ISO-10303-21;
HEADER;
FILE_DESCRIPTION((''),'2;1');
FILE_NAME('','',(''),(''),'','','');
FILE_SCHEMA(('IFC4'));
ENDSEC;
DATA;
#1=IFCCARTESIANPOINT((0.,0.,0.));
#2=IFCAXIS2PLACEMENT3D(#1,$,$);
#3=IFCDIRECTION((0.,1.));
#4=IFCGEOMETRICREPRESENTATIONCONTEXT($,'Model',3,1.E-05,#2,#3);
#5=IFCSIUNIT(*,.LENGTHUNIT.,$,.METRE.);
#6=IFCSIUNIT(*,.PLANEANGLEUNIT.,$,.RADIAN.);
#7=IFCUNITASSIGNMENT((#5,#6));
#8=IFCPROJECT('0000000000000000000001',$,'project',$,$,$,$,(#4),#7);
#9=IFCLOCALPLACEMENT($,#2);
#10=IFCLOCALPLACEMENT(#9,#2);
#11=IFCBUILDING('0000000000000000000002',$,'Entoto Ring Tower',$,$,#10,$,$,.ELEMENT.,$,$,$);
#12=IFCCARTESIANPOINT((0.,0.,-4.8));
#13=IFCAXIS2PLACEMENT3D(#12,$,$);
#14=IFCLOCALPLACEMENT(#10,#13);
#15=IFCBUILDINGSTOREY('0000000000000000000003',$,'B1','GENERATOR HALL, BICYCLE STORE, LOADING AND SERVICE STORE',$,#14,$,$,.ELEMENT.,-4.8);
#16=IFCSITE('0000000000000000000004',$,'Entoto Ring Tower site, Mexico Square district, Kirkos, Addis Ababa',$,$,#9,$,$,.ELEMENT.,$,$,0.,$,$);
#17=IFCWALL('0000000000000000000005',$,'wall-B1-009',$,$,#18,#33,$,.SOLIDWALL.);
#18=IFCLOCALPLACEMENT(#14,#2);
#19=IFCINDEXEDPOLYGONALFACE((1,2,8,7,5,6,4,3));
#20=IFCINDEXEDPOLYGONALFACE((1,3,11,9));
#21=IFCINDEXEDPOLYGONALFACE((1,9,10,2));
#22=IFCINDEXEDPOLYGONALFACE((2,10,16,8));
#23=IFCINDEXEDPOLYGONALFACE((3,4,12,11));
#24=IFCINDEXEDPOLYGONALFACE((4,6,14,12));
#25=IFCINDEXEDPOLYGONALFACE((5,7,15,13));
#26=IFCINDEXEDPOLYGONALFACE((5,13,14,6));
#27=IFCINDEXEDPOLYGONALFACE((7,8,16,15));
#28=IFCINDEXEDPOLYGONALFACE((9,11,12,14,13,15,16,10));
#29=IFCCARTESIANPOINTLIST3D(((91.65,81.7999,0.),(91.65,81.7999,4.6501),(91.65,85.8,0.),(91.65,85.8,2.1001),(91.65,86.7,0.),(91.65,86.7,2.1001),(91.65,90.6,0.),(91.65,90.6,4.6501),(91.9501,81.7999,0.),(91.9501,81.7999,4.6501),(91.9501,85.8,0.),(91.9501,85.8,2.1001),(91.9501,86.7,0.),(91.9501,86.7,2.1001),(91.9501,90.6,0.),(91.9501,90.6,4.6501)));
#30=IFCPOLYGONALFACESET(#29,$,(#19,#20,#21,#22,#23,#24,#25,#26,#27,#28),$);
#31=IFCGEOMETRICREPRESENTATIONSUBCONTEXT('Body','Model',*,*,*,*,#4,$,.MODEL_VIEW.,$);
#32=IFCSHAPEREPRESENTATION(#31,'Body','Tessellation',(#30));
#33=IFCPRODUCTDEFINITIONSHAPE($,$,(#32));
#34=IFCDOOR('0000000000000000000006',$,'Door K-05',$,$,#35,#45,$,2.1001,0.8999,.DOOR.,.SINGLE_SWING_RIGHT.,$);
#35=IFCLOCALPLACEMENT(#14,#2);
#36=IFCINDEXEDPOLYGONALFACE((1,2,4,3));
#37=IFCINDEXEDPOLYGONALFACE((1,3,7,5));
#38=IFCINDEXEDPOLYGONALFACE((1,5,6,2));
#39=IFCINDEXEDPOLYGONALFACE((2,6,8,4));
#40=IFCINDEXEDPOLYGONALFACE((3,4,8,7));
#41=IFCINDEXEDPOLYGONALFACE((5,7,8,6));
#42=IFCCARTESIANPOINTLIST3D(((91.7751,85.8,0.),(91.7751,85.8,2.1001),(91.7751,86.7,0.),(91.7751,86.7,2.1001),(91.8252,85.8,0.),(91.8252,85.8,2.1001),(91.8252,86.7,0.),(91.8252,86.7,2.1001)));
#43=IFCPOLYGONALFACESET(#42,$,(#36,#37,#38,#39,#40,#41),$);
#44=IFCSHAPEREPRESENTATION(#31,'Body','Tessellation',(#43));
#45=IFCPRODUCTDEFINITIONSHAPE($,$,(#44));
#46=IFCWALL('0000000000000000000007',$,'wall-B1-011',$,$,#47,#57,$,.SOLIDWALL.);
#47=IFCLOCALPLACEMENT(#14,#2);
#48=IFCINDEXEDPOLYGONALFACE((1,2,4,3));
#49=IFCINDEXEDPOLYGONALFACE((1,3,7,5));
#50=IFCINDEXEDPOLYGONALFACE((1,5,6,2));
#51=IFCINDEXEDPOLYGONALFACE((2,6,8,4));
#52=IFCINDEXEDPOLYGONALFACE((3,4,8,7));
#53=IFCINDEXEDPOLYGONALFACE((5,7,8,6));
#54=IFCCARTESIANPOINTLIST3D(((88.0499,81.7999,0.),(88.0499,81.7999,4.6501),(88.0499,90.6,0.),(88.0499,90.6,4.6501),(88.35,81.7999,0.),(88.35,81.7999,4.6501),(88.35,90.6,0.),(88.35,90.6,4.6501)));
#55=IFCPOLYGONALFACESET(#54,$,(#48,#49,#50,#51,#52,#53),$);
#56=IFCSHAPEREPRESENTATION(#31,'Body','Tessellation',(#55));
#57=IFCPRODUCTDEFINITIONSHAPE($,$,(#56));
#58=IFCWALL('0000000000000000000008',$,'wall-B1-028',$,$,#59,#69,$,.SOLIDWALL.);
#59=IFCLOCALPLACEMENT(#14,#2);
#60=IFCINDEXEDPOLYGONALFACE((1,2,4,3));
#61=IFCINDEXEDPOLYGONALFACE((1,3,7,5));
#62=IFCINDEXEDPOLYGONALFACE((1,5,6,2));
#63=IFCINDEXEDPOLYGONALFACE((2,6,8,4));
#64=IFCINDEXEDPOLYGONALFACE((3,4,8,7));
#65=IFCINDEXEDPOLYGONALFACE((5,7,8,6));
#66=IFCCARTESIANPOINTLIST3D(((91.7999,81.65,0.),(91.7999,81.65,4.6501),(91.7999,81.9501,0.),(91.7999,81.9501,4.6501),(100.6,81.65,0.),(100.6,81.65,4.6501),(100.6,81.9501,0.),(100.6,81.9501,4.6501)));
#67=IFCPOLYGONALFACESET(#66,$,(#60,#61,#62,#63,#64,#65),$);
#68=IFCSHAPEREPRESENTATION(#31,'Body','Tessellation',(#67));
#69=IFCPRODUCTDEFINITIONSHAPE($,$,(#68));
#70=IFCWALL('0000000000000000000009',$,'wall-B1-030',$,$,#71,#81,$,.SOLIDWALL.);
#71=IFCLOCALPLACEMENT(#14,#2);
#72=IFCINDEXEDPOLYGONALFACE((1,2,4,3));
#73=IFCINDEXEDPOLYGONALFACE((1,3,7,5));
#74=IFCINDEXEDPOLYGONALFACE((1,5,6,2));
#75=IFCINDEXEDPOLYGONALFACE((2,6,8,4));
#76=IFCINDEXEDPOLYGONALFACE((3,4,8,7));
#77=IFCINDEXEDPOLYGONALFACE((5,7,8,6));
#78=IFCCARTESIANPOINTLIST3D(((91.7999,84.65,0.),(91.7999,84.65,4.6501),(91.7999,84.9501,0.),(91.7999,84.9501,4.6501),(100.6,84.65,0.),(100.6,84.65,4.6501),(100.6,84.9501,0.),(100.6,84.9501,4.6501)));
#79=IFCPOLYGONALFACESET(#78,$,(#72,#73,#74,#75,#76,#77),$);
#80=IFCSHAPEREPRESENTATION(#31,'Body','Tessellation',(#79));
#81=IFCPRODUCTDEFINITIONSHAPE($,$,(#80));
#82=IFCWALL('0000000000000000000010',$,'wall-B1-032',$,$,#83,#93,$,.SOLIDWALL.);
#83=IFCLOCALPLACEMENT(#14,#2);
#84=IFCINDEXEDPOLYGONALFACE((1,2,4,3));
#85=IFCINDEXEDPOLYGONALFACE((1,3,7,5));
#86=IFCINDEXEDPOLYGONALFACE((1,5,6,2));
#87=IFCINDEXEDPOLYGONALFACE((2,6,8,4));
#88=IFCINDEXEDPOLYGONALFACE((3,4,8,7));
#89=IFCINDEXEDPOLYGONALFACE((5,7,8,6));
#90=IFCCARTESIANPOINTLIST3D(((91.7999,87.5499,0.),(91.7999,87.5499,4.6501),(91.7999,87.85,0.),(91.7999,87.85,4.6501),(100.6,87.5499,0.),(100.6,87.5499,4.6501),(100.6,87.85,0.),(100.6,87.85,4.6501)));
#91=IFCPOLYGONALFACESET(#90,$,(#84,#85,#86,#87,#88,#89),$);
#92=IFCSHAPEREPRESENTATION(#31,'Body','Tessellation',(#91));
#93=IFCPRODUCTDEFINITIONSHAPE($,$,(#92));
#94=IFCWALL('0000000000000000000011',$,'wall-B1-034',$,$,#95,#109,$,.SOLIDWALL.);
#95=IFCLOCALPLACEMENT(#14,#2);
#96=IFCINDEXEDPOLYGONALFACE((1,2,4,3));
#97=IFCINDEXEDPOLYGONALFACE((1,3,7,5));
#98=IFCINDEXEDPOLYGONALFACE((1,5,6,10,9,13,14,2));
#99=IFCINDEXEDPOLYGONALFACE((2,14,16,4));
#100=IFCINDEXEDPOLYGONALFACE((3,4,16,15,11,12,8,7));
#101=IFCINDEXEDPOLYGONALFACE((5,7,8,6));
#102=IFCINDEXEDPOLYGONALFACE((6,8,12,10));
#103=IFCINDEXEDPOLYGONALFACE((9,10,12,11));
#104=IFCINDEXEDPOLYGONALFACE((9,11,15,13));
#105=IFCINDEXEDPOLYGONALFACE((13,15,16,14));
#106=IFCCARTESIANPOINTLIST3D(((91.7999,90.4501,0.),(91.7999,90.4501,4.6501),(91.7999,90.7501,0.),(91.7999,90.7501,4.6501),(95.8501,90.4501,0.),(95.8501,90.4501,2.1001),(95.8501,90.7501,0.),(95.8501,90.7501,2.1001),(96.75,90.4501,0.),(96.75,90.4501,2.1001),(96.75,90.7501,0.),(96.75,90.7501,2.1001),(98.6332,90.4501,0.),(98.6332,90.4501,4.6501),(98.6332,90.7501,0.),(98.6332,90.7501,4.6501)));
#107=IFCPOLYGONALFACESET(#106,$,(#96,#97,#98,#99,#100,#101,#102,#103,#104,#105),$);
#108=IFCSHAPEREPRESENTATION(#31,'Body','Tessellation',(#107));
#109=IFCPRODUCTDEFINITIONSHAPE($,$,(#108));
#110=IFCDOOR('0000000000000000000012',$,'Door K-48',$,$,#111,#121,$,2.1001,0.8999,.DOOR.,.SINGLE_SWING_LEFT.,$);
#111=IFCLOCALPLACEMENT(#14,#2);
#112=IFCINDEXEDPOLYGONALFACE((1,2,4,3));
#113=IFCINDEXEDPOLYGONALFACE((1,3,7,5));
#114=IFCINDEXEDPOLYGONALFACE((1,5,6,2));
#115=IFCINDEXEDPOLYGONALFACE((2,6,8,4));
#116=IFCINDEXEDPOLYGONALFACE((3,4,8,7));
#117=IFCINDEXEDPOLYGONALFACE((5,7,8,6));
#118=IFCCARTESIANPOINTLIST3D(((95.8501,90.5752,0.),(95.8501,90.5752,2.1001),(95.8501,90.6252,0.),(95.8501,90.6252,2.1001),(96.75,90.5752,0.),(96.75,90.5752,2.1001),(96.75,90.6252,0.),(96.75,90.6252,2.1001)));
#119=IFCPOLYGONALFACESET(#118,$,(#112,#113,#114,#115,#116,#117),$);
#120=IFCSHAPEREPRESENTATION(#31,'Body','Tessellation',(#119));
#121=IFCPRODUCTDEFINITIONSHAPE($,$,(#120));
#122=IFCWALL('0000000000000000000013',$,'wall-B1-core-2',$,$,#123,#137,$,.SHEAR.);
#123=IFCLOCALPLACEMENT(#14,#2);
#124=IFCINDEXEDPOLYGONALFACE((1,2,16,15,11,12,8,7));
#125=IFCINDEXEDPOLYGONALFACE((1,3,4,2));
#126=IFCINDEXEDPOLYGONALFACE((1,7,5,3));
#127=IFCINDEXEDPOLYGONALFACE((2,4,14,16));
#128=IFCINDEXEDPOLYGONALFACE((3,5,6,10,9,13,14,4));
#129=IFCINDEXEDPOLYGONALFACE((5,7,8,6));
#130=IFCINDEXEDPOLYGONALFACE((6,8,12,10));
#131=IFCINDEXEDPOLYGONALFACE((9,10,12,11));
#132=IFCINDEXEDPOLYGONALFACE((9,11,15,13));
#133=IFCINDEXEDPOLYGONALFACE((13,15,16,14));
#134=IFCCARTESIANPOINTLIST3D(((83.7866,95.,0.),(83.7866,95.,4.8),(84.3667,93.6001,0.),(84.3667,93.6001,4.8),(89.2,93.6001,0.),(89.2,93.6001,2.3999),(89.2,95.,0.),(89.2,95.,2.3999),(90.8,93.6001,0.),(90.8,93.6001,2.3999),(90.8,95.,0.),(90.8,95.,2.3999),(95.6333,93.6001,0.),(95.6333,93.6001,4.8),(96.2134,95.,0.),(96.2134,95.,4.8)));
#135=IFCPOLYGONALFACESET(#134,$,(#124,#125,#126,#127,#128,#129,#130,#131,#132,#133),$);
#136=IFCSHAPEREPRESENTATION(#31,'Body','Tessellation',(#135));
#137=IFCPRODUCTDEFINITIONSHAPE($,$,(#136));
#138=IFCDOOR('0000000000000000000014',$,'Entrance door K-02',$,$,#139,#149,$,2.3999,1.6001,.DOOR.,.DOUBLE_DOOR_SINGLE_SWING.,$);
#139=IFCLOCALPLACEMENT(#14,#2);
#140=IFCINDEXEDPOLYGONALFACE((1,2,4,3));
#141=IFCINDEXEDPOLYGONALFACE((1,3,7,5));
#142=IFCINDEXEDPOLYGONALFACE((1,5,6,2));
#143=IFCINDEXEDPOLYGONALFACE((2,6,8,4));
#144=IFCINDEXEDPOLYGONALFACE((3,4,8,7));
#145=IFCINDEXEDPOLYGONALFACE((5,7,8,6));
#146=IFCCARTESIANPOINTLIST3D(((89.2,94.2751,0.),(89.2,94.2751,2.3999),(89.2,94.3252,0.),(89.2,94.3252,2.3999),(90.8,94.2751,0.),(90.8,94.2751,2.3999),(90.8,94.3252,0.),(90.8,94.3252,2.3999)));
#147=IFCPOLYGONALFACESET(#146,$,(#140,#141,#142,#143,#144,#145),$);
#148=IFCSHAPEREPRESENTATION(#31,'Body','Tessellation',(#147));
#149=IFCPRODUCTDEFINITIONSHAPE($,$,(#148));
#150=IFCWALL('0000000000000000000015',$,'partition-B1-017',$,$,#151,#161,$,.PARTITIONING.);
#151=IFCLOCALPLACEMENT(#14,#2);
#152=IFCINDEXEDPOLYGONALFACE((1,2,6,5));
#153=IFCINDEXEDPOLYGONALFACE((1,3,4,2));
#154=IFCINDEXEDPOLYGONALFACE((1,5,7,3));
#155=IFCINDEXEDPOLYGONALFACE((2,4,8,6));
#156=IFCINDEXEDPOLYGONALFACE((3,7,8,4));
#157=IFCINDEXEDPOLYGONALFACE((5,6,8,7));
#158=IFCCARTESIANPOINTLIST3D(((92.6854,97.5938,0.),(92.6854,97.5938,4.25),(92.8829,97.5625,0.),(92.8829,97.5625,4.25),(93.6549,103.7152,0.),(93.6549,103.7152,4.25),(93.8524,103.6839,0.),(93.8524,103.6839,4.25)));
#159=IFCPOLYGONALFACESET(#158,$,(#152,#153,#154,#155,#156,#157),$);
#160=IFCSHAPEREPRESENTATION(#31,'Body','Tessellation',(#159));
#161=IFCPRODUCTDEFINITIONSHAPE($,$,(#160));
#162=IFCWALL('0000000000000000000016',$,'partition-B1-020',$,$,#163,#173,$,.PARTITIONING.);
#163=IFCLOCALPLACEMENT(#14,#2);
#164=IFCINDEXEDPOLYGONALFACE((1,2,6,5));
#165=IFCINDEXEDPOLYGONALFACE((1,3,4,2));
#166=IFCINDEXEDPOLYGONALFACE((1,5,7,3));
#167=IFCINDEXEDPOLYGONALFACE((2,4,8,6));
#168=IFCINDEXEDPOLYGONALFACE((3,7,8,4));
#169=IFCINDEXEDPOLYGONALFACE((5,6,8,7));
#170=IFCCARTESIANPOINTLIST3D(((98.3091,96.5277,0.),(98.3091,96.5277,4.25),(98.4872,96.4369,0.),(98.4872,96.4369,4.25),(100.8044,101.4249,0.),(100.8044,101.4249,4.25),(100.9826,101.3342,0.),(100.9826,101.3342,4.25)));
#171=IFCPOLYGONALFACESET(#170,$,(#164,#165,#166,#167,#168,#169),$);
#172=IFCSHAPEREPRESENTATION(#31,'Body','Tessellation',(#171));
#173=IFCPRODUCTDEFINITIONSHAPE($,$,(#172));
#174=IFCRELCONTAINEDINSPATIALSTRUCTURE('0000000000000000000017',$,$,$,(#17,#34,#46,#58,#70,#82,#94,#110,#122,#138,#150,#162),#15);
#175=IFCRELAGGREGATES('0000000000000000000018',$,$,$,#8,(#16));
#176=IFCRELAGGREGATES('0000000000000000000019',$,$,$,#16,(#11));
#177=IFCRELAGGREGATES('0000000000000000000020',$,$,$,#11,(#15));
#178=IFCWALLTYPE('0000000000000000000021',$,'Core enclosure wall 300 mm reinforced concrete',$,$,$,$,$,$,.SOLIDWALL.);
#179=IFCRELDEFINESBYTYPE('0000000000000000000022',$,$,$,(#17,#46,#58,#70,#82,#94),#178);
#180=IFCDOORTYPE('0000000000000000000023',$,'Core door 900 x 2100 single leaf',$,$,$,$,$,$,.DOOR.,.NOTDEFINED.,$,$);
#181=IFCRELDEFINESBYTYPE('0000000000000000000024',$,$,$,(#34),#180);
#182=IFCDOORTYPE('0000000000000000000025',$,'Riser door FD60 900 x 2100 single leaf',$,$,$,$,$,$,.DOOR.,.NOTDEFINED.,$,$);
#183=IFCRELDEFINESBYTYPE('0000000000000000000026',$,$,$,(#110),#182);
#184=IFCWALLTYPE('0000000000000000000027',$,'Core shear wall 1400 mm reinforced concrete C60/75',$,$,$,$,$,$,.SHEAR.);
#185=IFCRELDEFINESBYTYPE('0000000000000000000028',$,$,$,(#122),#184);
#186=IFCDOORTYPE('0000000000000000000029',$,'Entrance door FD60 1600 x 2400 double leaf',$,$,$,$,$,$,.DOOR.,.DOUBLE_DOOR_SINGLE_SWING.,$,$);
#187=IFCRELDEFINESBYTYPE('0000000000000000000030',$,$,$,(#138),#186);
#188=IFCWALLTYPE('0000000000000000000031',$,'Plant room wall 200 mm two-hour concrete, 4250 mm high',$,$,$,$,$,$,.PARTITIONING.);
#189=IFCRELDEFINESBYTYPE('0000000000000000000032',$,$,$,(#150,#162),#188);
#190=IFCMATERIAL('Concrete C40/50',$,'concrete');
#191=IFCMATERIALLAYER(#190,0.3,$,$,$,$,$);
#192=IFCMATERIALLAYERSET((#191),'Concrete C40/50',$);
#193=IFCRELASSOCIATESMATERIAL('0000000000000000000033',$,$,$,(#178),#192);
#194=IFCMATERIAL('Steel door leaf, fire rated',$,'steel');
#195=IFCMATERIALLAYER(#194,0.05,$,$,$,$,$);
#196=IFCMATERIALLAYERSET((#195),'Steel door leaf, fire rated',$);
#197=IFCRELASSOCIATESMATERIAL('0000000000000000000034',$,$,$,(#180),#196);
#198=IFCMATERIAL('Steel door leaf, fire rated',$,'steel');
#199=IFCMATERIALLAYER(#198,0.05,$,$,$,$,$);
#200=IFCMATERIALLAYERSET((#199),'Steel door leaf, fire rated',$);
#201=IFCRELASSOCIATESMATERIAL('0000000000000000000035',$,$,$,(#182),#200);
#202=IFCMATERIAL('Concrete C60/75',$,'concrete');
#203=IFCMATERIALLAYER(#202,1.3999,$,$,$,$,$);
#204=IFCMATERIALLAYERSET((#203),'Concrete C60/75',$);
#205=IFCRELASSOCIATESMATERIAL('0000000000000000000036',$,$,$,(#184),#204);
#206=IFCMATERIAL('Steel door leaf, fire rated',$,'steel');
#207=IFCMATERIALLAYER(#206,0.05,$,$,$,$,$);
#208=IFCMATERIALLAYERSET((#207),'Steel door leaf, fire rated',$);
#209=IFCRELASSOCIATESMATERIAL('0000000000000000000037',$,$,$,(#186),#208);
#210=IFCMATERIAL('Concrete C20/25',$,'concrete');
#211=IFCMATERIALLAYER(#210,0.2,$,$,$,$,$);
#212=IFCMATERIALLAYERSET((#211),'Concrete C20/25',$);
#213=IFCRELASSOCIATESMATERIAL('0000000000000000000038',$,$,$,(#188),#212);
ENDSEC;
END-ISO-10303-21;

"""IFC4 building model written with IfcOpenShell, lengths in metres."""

from ifc_helpers import new_model, si_unit, direction, frame, frame_2d, origin, place, context, subcontext, project, spatial, polyline, rectangle, outline, extrude, material, layer, layer_set, type_object, element, fill, save


model = new_model("IFC4")

# Units and contexts
model_context = context("Model", 3, precision=1e-05, world=origin(), true_north=direction((0.0, 1.0)))
body_context = subcontext(model_context, "Body", "Model", "MODEL_VIEW")
ifc_project = project(units=[si_unit("LENGTHUNIT", "METRE"), si_unit("PLANEANGLEUNIT", "RADIAN")], contexts=[model_context])

# Site, building, storey
site_placement = place(None, origin())
site = spatial("IfcSite", under=ifc_project, at=site_placement, Name="Entoto Ring Tower site, Mexico Square district, Kirkos, Addis Ababa", CompositionType="ELEMENT", RefElevation=0.0)
building_placement = place(site_placement, origin())
building = spatial("IfcBuilding", under=site, at=building_placement, Name="Entoto Ring Tower", CompositionType="ELEMENT")
storey_placement = place(building_placement, frame((0.0, 0.0, -4.8)))
storey = spatial("IfcBuildingStorey", under=building, at=storey_placement, Name="B1", Description="GENERATOR HALL, BICYCLE STORE, LOADING AND SERVICE STORE", CompositionType="ELEMENT", Elevation=-4.8)

# Shared definitions
ifc_material_1 = material(Name="Concrete C40/50", Category="concrete")
ifc_layer_1 = layer(ifc_material_1, 0.3)
ifc_layer_set_1 = layer_set([ifc_layer_1], Name="Concrete C40/50")
wall_type_1 = type_object("IfcWallType", Name="Core enclosure wall 300 mm reinforced concrete", PredefinedType="SOLIDWALL", material=ifc_layer_set_1)

# Wall, opening, door
wall_1_placement = place(storey_placement, frame((91.8, 81.8, 0.0), z_axis=(0.0, 0.0, 1.0), x_axis=(0.0, 1.0, 0.0)))
wall_1 = element("IfcWall", 1, at=wall_1_placement, inside=storey, type_object=wall_type_1, Name="wall-B1-009", PredefinedType="SOLIDWALL", context=body_context, shape_type="SweptSolid", body=[
    extrude(rectangle(XDim=8.8, YDim=0.3, at=frame_2d((4.3999, 0.0))), origin(), (0.0, 0.0, 1.0), 4.6501),
])
opening_1_placement = place(wall_1_placement, frame((4.0, 0.0, 0.0)))
opening_1 = element("IfcOpeningElement", 2, at=opening_1_placement, cuts=wall_1, PredefinedType="OPENING", context=body_context, shape_type="SweptSolid", body=[
    extrude(rectangle(XDim=0.8999, YDim=2.1001, at=frame_2d((0.45, 1.05))), frame((0.0, 0.1602, 0.0), z_axis=(0.0, -1.0, 0.0), x_axis=(1.0, 0.0, 0.0)), (0.0, 0.0, 1.0), 0.3201),
])
ifc_material_2 = material(Name="Steel door leaf, fire rated", Category="steel")
ifc_layer_2 = layer(ifc_material_2, 0.05)
ifc_layer_set_2 = layer_set([ifc_layer_2], Name="Steel door leaf, fire rated")
door_type_1 = type_object("IfcDoorType", Name="Core door 900 x 2100 single leaf", OperationType="NOTDEFINED", PredefinedType="DOOR", material=ifc_layer_set_2)
door_1_placement = place(opening_1_placement, origin())
door_1 = element("IfcDoor", 3, at=door_1_placement, inside=storey, type_object=door_type_1, Name="Door K-05", OperationType="SINGLE_SWING_RIGHT", OverallHeight=2.1001, OverallWidth=0.8999, PredefinedType="DOOR", context=body_context, shape_type="SweptSolid", body=[
    extrude(rectangle(XDim=0.8999, YDim=2.1001, at=frame_2d((0.45, 1.05))), frame((0.0, 0.0249, 0.0), z_axis=(0.0, -1.0, 0.0), x_axis=(1.0, 0.0, 0.0)), (0.0, 0.0, 1.0), 0.05),
])
fill(opening_1, door_1)

# Walls
for number, where, z_axis, x_axis, name in (
    (4, (88.2, 81.8, 0.0), (0.0, 0.0, 1.0), (0.0, 1.0, 0.0), "wall-B1-011"),
    (5, (91.8, 81.8, 0.0), (0.0, 0.0, 1.0), (1.0, 0.0, 0.0), "wall-B1-028"),
    (6, (91.8, 84.8, 0.0), (0.0, 0.0, 1.0), (1.0, 0.0, 0.0), "wall-B1-030"),
    (7, (91.8, 87.7, 0.0), (0.0, 0.0, 1.0), (1.0, 0.0, 0.0), "wall-B1-032"),
):
    element("IfcWall", number, at=place(storey_placement, frame(where, z_axis=z_axis, x_axis=x_axis)), inside=storey, type_object=wall_type_1, Name=name, PredefinedType="SOLIDWALL", context=body_context, shape_type="SweptSolid", body=[
        extrude(rectangle(XDim=8.8, YDim=0.3, at=frame_2d((4.3999, 0.0))), origin(), (0.0, 0.0, 1.0), 4.6501),
    ])

# Walls, openings, doors
wall_2_placement = place(storey_placement, frame((91.8, 90.6001, 0.0), z_axis=(0.0, 0.0, 1.0), x_axis=(1.0, 0.0, 0.0)))
wall_2 = element("IfcWall", 8, at=wall_2_placement, inside=storey, type_object=wall_type_1, Name="wall-B1-034", PredefinedType="SOLIDWALL", context=body_context, shape_type="SweptSolid", body=[
    extrude(rectangle(XDim=6.8333, YDim=0.3, at=frame_2d((3.4165, 0.0))), origin(), (0.0, 0.0, 1.0), 4.6501),
])
opening_2_placement = place(wall_2_placement, frame((4.05, 0.0, 0.0)))
opening_2 = element("IfcOpeningElement", 9, at=opening_2_placement, cuts=wall_2, PredefinedType="OPENING", context=body_context, shape_type="SweptSolid", body=[
    extrude(rectangle(XDim=0.8999, YDim=2.1001, at=frame_2d((0.45, 1.05))), frame((0.0, 0.1602, 0.0), z_axis=(0.0, -1.0, 0.0), x_axis=(1.0, 0.0, 0.0)), (0.0, 0.0, 1.0), 0.3201),
])
ifc_material_3 = material(Name="Steel door leaf, fire rated", Category="steel")
ifc_layer_3 = layer(ifc_material_3, 0.05)
ifc_layer_set_3 = layer_set([ifc_layer_3], Name="Steel door leaf, fire rated")
door_type_2 = type_object("IfcDoorType", Name="Riser door FD60 900 x 2100 single leaf", OperationType="NOTDEFINED", PredefinedType="DOOR", material=ifc_layer_set_3)
door_2_placement = place(opening_2_placement, frame((0.8999, 0.0, 0.0), z_axis=(0.0, 0.0, 1.0), x_axis=(-1.0, 0.0, 0.0)))
door_2 = element("IfcDoor", 10, at=door_2_placement, inside=storey, type_object=door_type_2, Name="Door K-48", OperationType="SINGLE_SWING_LEFT", OverallHeight=2.1001, OverallWidth=0.8999, PredefinedType="DOOR", context=body_context, shape_type="SweptSolid", body=[
    extrude(rectangle(XDim=0.8999, YDim=2.1001, at=frame_2d((0.45, 1.05))), frame((0.0, 0.0249, 0.0), z_axis=(0.0, -1.0, 0.0), x_axis=(1.0, 0.0, 0.0)), (0.0, 0.0, 1.0), 0.05),
])
fill(opening_2, door_2)
ifc_material_4 = material(Name="Concrete C60/75", Category="concrete")
ifc_layer_4 = layer(ifc_material_4, 1.3999)
ifc_layer_set_4 = layer_set([ifc_layer_4], Name="Concrete C60/75")
wall_type_2 = type_object("IfcWallType", Name="Core shear wall 1400 mm reinforced concrete C60/75", PredefinedType="SHEAR", material=ifc_layer_set_4)
wall_3_placement = place(storey_placement, frame((95.9233, 94.3, 0.0), z_axis=(0.0, 0.0, 1.0), x_axis=(-1.0, 0.0, 0.0)))
wall_3 = element("IfcWall", 11, at=wall_3_placement, inside=storey, type_object=wall_type_2, Name="wall-B1-core-2", PredefinedType="SHEAR", context=body_context, shape_type="SweptSolid", body=[
    extrude(outline(polyline([(-0.29, -0.7), (12.1367, -0.7), (11.5566, 0.7), (0.29, 0.7), (-0.29, -0.7)])), origin(), (0.0, 0.0, 1.0), 4.8),
])
opening_3_placement = place(wall_3_placement, frame((5.1233, 0.0, 0.0)))
opening_3 = element("IfcOpeningElement", 12, at=opening_3_placement, cuts=wall_3, PredefinedType="OPENING", context=body_context, shape_type="SweptSolid", body=[
    extrude(rectangle(XDim=1.6001, YDim=2.3999, at=frame_2d((0.8, 1.2))), frame((0.0, 0.71, 0.0), z_axis=(0.0, -1.0, 0.0), x_axis=(1.0, 0.0, 0.0)), (0.0, 0.0, 1.0), 1.4199),
])
ifc_material_5 = material(Name="Steel door leaf, fire rated", Category="steel")
ifc_layer_5 = layer(ifc_material_5, 0.05)
ifc_layer_set_5 = layer_set([ifc_layer_5], Name="Steel door leaf, fire rated")
door_type_3 = type_object("IfcDoorType", Name="Entrance door FD60 1600 x 2400 double leaf", OperationType="DOUBLE_DOOR_SINGLE_SWING", PredefinedType="DOOR", material=ifc_layer_set_5)
door_3_placement = place(opening_3_placement, origin())
door_3 = element("IfcDoor", 13, at=door_3_placement, inside=storey, type_object=door_type_3, Name="Entrance door K-02", OperationType="DOUBLE_DOOR_SINGLE_SWING", OverallHeight=2.3999, OverallWidth=1.6001, PredefinedType="DOOR", context=body_context, shape_type="SweptSolid", body=[
    extrude(rectangle(XDim=1.6001, YDim=2.3999, at=frame_2d((0.8, 1.2))), frame((0.0, 0.0249, 0.0), z_axis=(0.0, -1.0, 0.0), x_axis=(1.0, 0.0, 0.0)), (0.0, 0.0, 1.0), 0.05),
])
fill(opening_3, door_3)

# Walls
ifc_material_6 = material(Name="Concrete C20/25", Category="concrete")
ifc_layer_6 = layer(ifc_material_6, 0.2)
ifc_layer_set_6 = layer_set([ifc_layer_6], Name="Concrete C20/25")
wall_type_3 = type_object("IfcWallType", Name="Plant room wall 200 mm two-hour concrete, 4250 mm high", PredefinedType="PARTITIONING", material=ifc_layer_set_6)
wall_4_placement = place(storey_placement, frame((92.7842, 97.5781, 0.0), z_axis=(0.0, 0.0, 1.0), x_axis=(0.156422, 0.98769, 0.0)))
element("IfcWall", 14, at=wall_4_placement, inside=storey, type_object=wall_type_3, Name="partition-B1-017", PredefinedType="PARTITIONING", context=body_context, shape_type="SweptSolid", body=[
    extrude(rectangle(XDim=6.1978, YDim=0.2, at=frame_2d((3.0989, 0.0))), origin(), (0.0, 0.0, 1.0), 4.25),
])
wall_5_placement = place(storey_placement, frame((98.3982, 96.4824, 0.0), z_axis=(0.0, 0.0, 1.0), x_axis=(0.454006, 0.890999, 0.0)))
element("IfcWall", 15, at=wall_5_placement, inside=storey, type_object=wall_type_3, Name="partition-B1-020", PredefinedType="PARTITIONING", context=body_context, shape_type="SweptSolid", body=[
    extrude(rectangle(XDim=5.4963, YDim=0.2, at=frame_2d((2.748, 0.0))), origin(), (0.0, 0.0, 1.0), 4.25),
])

save(model, "model.ifc")
